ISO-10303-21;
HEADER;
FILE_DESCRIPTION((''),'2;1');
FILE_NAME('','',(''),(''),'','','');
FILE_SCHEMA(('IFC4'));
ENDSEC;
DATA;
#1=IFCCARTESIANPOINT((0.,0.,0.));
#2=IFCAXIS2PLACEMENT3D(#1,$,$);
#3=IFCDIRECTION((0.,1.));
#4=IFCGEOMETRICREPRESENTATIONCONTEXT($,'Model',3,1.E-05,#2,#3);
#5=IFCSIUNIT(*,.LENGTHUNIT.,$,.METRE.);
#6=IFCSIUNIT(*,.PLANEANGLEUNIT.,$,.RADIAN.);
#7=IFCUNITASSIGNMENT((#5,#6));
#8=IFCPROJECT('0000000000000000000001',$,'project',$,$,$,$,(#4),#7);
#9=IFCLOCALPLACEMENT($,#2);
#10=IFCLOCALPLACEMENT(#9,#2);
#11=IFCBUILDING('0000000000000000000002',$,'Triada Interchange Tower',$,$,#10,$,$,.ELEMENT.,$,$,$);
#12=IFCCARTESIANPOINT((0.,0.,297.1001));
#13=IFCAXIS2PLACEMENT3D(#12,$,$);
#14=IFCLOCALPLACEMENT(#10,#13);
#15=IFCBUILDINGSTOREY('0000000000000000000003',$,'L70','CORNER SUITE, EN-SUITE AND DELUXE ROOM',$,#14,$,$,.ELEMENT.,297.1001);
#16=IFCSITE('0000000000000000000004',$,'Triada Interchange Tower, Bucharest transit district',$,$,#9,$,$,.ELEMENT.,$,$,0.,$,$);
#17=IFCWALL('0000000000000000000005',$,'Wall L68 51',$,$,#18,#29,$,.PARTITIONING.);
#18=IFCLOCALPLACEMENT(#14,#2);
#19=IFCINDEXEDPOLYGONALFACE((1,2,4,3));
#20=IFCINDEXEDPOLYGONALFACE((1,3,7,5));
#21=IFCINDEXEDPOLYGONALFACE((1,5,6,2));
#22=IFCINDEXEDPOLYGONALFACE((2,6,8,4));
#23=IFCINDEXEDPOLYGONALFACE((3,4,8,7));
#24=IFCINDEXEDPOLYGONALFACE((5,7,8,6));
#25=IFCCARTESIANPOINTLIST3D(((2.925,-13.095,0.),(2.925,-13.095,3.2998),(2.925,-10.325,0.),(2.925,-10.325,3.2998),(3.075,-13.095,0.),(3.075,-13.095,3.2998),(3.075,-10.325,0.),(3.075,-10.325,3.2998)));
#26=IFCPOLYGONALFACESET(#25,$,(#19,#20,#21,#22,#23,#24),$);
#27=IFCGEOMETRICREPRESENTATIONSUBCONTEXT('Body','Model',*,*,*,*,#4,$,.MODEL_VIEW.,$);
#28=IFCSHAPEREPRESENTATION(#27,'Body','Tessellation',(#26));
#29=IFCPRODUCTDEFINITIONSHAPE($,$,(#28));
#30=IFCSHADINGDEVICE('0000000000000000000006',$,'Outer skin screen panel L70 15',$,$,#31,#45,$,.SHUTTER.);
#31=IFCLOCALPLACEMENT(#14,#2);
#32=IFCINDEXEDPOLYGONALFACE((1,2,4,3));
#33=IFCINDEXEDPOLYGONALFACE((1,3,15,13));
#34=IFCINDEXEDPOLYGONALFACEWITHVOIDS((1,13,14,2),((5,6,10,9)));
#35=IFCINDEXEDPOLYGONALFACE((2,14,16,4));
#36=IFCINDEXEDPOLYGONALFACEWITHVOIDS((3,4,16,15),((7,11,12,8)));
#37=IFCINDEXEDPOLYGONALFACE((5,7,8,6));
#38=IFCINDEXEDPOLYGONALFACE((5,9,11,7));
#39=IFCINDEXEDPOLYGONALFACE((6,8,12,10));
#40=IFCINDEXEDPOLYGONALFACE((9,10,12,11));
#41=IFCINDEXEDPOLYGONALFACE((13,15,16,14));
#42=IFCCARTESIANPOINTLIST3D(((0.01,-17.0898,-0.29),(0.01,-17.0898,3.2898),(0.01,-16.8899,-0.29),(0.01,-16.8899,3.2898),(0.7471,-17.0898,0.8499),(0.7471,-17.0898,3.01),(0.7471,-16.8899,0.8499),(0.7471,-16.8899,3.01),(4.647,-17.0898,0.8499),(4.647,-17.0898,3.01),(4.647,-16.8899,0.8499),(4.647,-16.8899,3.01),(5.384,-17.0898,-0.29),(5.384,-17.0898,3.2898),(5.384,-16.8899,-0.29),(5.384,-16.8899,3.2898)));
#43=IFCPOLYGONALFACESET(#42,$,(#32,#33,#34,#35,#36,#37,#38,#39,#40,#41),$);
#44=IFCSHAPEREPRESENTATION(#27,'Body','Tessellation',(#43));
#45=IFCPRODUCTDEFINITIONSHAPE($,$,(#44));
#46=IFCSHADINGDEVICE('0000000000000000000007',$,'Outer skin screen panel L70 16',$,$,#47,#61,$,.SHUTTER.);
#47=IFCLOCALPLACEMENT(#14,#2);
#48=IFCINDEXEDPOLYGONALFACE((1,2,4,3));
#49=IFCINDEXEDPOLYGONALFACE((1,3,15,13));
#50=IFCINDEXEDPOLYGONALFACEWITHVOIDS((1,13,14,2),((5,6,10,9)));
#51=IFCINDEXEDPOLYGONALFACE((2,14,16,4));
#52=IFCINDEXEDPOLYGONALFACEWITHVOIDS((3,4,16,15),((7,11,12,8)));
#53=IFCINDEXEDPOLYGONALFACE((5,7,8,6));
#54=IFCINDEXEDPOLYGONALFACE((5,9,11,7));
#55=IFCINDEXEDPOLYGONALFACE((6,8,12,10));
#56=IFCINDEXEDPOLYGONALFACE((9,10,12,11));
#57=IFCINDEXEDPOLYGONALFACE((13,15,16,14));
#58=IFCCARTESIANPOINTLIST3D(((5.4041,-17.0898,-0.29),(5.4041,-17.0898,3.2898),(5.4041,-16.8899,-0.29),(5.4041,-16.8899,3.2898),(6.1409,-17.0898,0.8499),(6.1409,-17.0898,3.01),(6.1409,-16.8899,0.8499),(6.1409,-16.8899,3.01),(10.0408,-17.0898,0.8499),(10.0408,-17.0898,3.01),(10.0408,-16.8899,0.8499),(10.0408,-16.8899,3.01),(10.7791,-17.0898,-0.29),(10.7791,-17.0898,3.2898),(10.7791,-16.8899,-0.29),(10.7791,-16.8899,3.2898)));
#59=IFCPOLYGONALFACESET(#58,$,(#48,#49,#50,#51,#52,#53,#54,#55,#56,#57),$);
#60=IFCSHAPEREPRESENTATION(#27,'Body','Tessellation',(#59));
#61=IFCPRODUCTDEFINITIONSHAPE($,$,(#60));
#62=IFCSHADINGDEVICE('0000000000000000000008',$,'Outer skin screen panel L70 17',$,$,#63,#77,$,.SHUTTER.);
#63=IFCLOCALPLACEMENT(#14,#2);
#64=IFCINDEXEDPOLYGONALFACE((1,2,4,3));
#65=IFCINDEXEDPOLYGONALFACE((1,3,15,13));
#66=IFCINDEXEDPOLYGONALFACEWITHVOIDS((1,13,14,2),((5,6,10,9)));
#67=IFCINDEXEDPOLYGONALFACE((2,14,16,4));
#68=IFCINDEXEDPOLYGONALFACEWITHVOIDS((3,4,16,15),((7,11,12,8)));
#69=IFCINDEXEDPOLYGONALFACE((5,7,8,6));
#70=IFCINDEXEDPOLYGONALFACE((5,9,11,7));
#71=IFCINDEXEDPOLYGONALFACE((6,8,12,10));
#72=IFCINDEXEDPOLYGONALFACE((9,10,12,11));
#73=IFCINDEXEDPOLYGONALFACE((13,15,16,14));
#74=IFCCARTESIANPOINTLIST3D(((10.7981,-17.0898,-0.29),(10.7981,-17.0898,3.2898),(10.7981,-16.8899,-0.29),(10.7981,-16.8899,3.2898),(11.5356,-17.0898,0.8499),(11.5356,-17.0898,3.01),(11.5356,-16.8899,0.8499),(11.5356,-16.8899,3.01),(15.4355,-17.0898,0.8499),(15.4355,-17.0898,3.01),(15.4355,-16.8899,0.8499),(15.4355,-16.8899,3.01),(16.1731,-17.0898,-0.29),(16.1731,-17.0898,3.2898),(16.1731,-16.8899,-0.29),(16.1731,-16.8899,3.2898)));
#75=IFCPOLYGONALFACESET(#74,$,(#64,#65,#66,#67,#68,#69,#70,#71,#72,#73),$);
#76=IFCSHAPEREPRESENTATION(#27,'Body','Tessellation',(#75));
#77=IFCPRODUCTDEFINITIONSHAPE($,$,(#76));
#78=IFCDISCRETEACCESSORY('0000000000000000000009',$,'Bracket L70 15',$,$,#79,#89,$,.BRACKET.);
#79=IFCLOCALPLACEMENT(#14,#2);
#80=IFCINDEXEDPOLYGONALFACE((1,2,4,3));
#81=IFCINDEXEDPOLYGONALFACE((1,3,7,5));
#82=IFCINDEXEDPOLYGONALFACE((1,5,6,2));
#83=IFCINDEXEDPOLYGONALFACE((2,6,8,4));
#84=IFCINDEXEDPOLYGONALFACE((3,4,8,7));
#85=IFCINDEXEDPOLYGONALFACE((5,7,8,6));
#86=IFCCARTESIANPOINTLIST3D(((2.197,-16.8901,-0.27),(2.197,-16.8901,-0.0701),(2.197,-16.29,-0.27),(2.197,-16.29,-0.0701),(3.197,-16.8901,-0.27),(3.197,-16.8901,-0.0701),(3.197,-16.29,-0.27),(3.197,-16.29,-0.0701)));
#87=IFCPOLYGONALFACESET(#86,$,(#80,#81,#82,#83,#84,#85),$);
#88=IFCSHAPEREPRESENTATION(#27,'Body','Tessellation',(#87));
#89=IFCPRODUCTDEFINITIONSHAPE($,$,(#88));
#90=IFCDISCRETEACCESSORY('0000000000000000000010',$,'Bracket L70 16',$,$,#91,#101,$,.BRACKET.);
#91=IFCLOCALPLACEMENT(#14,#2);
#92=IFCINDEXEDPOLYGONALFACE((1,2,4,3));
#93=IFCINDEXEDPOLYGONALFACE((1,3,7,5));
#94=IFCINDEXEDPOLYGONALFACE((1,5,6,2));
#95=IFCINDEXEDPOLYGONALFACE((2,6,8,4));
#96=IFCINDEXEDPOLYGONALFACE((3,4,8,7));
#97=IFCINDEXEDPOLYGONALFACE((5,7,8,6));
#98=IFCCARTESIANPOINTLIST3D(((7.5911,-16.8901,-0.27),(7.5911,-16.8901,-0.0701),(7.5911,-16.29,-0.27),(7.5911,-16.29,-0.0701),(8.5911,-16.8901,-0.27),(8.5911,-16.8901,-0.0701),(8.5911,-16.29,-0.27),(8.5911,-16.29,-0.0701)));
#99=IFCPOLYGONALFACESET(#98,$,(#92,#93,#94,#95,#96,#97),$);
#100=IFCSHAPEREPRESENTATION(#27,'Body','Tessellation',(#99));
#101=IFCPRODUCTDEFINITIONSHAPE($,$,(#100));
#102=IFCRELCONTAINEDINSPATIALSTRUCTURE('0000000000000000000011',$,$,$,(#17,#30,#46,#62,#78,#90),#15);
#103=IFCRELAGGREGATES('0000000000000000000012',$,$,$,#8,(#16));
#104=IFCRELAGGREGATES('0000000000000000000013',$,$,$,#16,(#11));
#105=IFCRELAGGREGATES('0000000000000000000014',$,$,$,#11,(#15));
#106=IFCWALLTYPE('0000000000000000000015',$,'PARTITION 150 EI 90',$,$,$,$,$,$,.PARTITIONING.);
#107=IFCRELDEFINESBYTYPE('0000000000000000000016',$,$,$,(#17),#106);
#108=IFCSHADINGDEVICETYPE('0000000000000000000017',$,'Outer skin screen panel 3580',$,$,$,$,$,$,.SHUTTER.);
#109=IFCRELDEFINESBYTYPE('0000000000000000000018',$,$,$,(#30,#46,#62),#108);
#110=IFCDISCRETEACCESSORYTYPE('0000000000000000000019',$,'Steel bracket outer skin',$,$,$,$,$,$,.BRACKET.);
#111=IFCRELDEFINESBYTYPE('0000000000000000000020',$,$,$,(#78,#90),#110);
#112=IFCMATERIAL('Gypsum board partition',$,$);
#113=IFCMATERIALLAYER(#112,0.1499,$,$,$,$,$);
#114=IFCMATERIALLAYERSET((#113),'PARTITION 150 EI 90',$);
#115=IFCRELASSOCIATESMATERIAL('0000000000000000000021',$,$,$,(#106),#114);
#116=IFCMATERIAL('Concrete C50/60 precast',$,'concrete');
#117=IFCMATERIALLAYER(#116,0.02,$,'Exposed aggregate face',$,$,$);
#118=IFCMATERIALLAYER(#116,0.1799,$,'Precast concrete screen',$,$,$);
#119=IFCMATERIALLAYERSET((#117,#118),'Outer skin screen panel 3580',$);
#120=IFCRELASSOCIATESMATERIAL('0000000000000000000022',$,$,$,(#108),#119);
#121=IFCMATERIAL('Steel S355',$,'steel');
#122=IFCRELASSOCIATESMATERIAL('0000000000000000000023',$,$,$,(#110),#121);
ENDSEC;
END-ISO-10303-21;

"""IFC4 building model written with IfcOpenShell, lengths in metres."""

from ifc_helpers import new_model, si_unit, direction, frame, frame_2d, origin, origin_2d, place, context, subcontext, project, spatial, polyline, rectangle, outline, extrude, material, layer, layer_set, type_object, element, save


model = new_model("IFC4")

# Units and contexts
model_context = context("Model", 3, precision=1e-05, world=origin(), true_north=direction((0.0, 1.0)))
body_context = subcontext(model_context, "Body", "Model", "MODEL_VIEW")
ifc_project = project(units=[si_unit("LENGTHUNIT", "METRE"), si_unit("PLANEANGLEUNIT", "RADIAN")], contexts=[model_context])

# Site, building, storey
site_placement = place(None, origin())
site = spatial("IfcSite", under=ifc_project, at=site_placement, Name="Triada Interchange Tower, Bucharest transit district", CompositionType="ELEMENT", RefElevation=0.0)
building_placement = place(site_placement, origin())
building = spatial("IfcBuilding", under=site, at=building_placement, Name="Triada Interchange Tower", CompositionType="ELEMENT")
storey_placement = place(building_placement, frame((0.0, 0.0, 297.1001)))
storey = spatial("IfcBuildingStorey", under=building, at=storey_placement, Name="L70", Description="CORNER SUITE, EN-SUITE AND DELUXE ROOM", CompositionType="ELEMENT", Elevation=297.1001)

# Shared definitions
ifc_material_1 = material(Name="Gypsum board partition")
ifc_layer_1 = layer(ifc_material_1, 0.1499)
ifc_layer_set_1 = layer_set([ifc_layer_1], Name="PARTITION 150 EI 90")
wall_type_1 = type_object("IfcWallType", Name="PARTITION 150 EI 90", PredefinedType="PARTITIONING", material=ifc_layer_set_1)

# Wall
wall_1_placement = place(storey_placement, frame((3.0, -13.095, 0.0), z_axis=(0.0, 0.0, 1.0), x_axis=(0.0, 1.0, 0.0)))
element("IfcWall", 1, at=wall_1_placement, inside=storey, type_object=wall_type_1, Name="Wall L68 51", PredefinedType="PARTITIONING", context=body_context, shape_type="SweptSolid", body=[
    extrude(rectangle(XDim=2.77, YDim=0.1499, at=frame_2d((1.385, 0.0))), origin(), (0.0, 0.0, 1.0), 3.2998),
])

# Shading devices
ifc_material_2 = material(Name="Concrete C50/60 precast", Category="concrete")
ifc_layer_2 = layer(ifc_material_2, 0.02, Name="Exposed aggregate face")
ifc_layer_3 = layer(ifc_material_2, 0.1799, Name="Precast concrete screen")
ifc_layer_set_2 = layer_set([ifc_layer_2, ifc_layer_3], Name="Outer skin screen panel 3580")
shading_device_type = type_object("IfcShadingDeviceType", Name="Outer skin screen panel 3580", PredefinedType="SHUTTER", material=ifc_layer_set_2)
shading_device_1_placement = place(storey_placement, frame((0.01, -16.8899, -0.29), z_axis=(0.0, 0.0, 1.0), x_axis=(1.0, 0.0, 0.0)))
element("IfcShadingDevice", 2, at=shading_device_1_placement, inside=storey, type_object=shading_device_type, Name="Outer skin screen panel L70 15", PredefinedType="SHUTTER", context=body_context, shape_type="SweptSolid", body=[
    extrude(outline(polyline([(0.0, 0.0), (5.374, 0.0), (5.374, 3.5798), (0.0, 3.5798), (0.0, 0.0)]), holes=[polyline([(0.7371, 1.1399), (0.7371, 3.3), (4.637, 3.3), (4.637, 1.1399), (0.7371, 1.1399)])]), frame((0.0, 0.0, 0.0), z_axis=(0.0, -1.0, 0.0), x_axis=(1.0, 0.0, 0.0)), (0.0, 0.0, 1.0), 0.2),
])
shading_device_2_placement = place(storey_placement, frame((5.4041, -16.8899, -0.29), z_axis=(0.0, 0.0, 1.0), x_axis=(1.0, 0.0, 0.0)))
element("IfcShadingDevice", 3, at=shading_device_2_placement, inside=storey, type_object=shading_device_type, Name="Outer skin screen panel L70 16", PredefinedType="SHUTTER", context=body_context, shape_type="SweptSolid", body=[
    extrude(outline(polyline([(0.0, 0.0), (5.375, 0.0), (5.375, 3.5798), (0.0, 3.5798), (0.0, 0.0)]), holes=[polyline([(0.7368, 1.1399), (0.7368, 3.3), (4.6367, 3.3), (4.6367, 1.1399), (0.7368, 1.1399)])]), frame((0.0, 0.0, 0.0), z_axis=(0.0, -1.0, 0.0), x_axis=(1.0, 0.0, 0.0)), (0.0, 0.0, 1.0), 0.2),
])
shading_device_3_placement = place(storey_placement, frame((10.7981, -16.8899, -0.29), z_axis=(0.0, 0.0, 1.0), x_axis=(1.0, 0.0, 0.0)))
element("IfcShadingDevice", 4, at=shading_device_3_placement, inside=storey, type_object=shading_device_type, Name="Outer skin screen panel L70 17", PredefinedType="SHUTTER", context=body_context, shape_type="SweptSolid", body=[
    extrude(outline(polyline([(0.0, 0.0), (5.375, 0.0), (5.375, 3.5798), (0.0, 3.5798), (0.0, 0.0)]), holes=[polyline([(0.7375, 1.1399), (0.7375, 3.3), (4.6375, 3.3), (4.6375, 1.1399), (0.7375, 1.1399)])]), frame((0.0, 0.0, 0.0), z_axis=(0.0, -1.0, 0.0), x_axis=(1.0, 0.0, 0.0)), (0.0, 0.0, 1.0), 0.2),
])

# Discrete accessories
ifc_material_3 = material(Name="Steel S355", Category="steel")
discrete_accessory_type = type_object("IfcDiscreteAccessoryType", Name="Steel bracket outer skin", PredefinedType="BRACKET", material=ifc_material_3)
for number, where, z_axis, x_axis, name in (
    (5, (2.697, -16.5901, -0.27), (0.0, 0.0, 1.0), (0.0, -1.0, 0.0), "Bracket L70 15"),
    (6, (8.0911, -16.5901, -0.27), (0.0, 0.0, 1.0), (0.0, -1.0, 0.0), "Bracket L70 16"),
):
    element("IfcDiscreteAccessory", number, at=place(storey_placement, frame(where, z_axis=z_axis, x_axis=x_axis)), inside=storey, type_object=discrete_accessory_type, Name=name, PredefinedType="BRACKET", context=body_context, shape_type="SweptSolid", body=[
        extrude(rectangle(XDim=0.6001, YDim=1.0, at=origin_2d()), origin(), (0.0, 0.0, 1.0), 0.2),
    ])

save(model, "model.ifc")
